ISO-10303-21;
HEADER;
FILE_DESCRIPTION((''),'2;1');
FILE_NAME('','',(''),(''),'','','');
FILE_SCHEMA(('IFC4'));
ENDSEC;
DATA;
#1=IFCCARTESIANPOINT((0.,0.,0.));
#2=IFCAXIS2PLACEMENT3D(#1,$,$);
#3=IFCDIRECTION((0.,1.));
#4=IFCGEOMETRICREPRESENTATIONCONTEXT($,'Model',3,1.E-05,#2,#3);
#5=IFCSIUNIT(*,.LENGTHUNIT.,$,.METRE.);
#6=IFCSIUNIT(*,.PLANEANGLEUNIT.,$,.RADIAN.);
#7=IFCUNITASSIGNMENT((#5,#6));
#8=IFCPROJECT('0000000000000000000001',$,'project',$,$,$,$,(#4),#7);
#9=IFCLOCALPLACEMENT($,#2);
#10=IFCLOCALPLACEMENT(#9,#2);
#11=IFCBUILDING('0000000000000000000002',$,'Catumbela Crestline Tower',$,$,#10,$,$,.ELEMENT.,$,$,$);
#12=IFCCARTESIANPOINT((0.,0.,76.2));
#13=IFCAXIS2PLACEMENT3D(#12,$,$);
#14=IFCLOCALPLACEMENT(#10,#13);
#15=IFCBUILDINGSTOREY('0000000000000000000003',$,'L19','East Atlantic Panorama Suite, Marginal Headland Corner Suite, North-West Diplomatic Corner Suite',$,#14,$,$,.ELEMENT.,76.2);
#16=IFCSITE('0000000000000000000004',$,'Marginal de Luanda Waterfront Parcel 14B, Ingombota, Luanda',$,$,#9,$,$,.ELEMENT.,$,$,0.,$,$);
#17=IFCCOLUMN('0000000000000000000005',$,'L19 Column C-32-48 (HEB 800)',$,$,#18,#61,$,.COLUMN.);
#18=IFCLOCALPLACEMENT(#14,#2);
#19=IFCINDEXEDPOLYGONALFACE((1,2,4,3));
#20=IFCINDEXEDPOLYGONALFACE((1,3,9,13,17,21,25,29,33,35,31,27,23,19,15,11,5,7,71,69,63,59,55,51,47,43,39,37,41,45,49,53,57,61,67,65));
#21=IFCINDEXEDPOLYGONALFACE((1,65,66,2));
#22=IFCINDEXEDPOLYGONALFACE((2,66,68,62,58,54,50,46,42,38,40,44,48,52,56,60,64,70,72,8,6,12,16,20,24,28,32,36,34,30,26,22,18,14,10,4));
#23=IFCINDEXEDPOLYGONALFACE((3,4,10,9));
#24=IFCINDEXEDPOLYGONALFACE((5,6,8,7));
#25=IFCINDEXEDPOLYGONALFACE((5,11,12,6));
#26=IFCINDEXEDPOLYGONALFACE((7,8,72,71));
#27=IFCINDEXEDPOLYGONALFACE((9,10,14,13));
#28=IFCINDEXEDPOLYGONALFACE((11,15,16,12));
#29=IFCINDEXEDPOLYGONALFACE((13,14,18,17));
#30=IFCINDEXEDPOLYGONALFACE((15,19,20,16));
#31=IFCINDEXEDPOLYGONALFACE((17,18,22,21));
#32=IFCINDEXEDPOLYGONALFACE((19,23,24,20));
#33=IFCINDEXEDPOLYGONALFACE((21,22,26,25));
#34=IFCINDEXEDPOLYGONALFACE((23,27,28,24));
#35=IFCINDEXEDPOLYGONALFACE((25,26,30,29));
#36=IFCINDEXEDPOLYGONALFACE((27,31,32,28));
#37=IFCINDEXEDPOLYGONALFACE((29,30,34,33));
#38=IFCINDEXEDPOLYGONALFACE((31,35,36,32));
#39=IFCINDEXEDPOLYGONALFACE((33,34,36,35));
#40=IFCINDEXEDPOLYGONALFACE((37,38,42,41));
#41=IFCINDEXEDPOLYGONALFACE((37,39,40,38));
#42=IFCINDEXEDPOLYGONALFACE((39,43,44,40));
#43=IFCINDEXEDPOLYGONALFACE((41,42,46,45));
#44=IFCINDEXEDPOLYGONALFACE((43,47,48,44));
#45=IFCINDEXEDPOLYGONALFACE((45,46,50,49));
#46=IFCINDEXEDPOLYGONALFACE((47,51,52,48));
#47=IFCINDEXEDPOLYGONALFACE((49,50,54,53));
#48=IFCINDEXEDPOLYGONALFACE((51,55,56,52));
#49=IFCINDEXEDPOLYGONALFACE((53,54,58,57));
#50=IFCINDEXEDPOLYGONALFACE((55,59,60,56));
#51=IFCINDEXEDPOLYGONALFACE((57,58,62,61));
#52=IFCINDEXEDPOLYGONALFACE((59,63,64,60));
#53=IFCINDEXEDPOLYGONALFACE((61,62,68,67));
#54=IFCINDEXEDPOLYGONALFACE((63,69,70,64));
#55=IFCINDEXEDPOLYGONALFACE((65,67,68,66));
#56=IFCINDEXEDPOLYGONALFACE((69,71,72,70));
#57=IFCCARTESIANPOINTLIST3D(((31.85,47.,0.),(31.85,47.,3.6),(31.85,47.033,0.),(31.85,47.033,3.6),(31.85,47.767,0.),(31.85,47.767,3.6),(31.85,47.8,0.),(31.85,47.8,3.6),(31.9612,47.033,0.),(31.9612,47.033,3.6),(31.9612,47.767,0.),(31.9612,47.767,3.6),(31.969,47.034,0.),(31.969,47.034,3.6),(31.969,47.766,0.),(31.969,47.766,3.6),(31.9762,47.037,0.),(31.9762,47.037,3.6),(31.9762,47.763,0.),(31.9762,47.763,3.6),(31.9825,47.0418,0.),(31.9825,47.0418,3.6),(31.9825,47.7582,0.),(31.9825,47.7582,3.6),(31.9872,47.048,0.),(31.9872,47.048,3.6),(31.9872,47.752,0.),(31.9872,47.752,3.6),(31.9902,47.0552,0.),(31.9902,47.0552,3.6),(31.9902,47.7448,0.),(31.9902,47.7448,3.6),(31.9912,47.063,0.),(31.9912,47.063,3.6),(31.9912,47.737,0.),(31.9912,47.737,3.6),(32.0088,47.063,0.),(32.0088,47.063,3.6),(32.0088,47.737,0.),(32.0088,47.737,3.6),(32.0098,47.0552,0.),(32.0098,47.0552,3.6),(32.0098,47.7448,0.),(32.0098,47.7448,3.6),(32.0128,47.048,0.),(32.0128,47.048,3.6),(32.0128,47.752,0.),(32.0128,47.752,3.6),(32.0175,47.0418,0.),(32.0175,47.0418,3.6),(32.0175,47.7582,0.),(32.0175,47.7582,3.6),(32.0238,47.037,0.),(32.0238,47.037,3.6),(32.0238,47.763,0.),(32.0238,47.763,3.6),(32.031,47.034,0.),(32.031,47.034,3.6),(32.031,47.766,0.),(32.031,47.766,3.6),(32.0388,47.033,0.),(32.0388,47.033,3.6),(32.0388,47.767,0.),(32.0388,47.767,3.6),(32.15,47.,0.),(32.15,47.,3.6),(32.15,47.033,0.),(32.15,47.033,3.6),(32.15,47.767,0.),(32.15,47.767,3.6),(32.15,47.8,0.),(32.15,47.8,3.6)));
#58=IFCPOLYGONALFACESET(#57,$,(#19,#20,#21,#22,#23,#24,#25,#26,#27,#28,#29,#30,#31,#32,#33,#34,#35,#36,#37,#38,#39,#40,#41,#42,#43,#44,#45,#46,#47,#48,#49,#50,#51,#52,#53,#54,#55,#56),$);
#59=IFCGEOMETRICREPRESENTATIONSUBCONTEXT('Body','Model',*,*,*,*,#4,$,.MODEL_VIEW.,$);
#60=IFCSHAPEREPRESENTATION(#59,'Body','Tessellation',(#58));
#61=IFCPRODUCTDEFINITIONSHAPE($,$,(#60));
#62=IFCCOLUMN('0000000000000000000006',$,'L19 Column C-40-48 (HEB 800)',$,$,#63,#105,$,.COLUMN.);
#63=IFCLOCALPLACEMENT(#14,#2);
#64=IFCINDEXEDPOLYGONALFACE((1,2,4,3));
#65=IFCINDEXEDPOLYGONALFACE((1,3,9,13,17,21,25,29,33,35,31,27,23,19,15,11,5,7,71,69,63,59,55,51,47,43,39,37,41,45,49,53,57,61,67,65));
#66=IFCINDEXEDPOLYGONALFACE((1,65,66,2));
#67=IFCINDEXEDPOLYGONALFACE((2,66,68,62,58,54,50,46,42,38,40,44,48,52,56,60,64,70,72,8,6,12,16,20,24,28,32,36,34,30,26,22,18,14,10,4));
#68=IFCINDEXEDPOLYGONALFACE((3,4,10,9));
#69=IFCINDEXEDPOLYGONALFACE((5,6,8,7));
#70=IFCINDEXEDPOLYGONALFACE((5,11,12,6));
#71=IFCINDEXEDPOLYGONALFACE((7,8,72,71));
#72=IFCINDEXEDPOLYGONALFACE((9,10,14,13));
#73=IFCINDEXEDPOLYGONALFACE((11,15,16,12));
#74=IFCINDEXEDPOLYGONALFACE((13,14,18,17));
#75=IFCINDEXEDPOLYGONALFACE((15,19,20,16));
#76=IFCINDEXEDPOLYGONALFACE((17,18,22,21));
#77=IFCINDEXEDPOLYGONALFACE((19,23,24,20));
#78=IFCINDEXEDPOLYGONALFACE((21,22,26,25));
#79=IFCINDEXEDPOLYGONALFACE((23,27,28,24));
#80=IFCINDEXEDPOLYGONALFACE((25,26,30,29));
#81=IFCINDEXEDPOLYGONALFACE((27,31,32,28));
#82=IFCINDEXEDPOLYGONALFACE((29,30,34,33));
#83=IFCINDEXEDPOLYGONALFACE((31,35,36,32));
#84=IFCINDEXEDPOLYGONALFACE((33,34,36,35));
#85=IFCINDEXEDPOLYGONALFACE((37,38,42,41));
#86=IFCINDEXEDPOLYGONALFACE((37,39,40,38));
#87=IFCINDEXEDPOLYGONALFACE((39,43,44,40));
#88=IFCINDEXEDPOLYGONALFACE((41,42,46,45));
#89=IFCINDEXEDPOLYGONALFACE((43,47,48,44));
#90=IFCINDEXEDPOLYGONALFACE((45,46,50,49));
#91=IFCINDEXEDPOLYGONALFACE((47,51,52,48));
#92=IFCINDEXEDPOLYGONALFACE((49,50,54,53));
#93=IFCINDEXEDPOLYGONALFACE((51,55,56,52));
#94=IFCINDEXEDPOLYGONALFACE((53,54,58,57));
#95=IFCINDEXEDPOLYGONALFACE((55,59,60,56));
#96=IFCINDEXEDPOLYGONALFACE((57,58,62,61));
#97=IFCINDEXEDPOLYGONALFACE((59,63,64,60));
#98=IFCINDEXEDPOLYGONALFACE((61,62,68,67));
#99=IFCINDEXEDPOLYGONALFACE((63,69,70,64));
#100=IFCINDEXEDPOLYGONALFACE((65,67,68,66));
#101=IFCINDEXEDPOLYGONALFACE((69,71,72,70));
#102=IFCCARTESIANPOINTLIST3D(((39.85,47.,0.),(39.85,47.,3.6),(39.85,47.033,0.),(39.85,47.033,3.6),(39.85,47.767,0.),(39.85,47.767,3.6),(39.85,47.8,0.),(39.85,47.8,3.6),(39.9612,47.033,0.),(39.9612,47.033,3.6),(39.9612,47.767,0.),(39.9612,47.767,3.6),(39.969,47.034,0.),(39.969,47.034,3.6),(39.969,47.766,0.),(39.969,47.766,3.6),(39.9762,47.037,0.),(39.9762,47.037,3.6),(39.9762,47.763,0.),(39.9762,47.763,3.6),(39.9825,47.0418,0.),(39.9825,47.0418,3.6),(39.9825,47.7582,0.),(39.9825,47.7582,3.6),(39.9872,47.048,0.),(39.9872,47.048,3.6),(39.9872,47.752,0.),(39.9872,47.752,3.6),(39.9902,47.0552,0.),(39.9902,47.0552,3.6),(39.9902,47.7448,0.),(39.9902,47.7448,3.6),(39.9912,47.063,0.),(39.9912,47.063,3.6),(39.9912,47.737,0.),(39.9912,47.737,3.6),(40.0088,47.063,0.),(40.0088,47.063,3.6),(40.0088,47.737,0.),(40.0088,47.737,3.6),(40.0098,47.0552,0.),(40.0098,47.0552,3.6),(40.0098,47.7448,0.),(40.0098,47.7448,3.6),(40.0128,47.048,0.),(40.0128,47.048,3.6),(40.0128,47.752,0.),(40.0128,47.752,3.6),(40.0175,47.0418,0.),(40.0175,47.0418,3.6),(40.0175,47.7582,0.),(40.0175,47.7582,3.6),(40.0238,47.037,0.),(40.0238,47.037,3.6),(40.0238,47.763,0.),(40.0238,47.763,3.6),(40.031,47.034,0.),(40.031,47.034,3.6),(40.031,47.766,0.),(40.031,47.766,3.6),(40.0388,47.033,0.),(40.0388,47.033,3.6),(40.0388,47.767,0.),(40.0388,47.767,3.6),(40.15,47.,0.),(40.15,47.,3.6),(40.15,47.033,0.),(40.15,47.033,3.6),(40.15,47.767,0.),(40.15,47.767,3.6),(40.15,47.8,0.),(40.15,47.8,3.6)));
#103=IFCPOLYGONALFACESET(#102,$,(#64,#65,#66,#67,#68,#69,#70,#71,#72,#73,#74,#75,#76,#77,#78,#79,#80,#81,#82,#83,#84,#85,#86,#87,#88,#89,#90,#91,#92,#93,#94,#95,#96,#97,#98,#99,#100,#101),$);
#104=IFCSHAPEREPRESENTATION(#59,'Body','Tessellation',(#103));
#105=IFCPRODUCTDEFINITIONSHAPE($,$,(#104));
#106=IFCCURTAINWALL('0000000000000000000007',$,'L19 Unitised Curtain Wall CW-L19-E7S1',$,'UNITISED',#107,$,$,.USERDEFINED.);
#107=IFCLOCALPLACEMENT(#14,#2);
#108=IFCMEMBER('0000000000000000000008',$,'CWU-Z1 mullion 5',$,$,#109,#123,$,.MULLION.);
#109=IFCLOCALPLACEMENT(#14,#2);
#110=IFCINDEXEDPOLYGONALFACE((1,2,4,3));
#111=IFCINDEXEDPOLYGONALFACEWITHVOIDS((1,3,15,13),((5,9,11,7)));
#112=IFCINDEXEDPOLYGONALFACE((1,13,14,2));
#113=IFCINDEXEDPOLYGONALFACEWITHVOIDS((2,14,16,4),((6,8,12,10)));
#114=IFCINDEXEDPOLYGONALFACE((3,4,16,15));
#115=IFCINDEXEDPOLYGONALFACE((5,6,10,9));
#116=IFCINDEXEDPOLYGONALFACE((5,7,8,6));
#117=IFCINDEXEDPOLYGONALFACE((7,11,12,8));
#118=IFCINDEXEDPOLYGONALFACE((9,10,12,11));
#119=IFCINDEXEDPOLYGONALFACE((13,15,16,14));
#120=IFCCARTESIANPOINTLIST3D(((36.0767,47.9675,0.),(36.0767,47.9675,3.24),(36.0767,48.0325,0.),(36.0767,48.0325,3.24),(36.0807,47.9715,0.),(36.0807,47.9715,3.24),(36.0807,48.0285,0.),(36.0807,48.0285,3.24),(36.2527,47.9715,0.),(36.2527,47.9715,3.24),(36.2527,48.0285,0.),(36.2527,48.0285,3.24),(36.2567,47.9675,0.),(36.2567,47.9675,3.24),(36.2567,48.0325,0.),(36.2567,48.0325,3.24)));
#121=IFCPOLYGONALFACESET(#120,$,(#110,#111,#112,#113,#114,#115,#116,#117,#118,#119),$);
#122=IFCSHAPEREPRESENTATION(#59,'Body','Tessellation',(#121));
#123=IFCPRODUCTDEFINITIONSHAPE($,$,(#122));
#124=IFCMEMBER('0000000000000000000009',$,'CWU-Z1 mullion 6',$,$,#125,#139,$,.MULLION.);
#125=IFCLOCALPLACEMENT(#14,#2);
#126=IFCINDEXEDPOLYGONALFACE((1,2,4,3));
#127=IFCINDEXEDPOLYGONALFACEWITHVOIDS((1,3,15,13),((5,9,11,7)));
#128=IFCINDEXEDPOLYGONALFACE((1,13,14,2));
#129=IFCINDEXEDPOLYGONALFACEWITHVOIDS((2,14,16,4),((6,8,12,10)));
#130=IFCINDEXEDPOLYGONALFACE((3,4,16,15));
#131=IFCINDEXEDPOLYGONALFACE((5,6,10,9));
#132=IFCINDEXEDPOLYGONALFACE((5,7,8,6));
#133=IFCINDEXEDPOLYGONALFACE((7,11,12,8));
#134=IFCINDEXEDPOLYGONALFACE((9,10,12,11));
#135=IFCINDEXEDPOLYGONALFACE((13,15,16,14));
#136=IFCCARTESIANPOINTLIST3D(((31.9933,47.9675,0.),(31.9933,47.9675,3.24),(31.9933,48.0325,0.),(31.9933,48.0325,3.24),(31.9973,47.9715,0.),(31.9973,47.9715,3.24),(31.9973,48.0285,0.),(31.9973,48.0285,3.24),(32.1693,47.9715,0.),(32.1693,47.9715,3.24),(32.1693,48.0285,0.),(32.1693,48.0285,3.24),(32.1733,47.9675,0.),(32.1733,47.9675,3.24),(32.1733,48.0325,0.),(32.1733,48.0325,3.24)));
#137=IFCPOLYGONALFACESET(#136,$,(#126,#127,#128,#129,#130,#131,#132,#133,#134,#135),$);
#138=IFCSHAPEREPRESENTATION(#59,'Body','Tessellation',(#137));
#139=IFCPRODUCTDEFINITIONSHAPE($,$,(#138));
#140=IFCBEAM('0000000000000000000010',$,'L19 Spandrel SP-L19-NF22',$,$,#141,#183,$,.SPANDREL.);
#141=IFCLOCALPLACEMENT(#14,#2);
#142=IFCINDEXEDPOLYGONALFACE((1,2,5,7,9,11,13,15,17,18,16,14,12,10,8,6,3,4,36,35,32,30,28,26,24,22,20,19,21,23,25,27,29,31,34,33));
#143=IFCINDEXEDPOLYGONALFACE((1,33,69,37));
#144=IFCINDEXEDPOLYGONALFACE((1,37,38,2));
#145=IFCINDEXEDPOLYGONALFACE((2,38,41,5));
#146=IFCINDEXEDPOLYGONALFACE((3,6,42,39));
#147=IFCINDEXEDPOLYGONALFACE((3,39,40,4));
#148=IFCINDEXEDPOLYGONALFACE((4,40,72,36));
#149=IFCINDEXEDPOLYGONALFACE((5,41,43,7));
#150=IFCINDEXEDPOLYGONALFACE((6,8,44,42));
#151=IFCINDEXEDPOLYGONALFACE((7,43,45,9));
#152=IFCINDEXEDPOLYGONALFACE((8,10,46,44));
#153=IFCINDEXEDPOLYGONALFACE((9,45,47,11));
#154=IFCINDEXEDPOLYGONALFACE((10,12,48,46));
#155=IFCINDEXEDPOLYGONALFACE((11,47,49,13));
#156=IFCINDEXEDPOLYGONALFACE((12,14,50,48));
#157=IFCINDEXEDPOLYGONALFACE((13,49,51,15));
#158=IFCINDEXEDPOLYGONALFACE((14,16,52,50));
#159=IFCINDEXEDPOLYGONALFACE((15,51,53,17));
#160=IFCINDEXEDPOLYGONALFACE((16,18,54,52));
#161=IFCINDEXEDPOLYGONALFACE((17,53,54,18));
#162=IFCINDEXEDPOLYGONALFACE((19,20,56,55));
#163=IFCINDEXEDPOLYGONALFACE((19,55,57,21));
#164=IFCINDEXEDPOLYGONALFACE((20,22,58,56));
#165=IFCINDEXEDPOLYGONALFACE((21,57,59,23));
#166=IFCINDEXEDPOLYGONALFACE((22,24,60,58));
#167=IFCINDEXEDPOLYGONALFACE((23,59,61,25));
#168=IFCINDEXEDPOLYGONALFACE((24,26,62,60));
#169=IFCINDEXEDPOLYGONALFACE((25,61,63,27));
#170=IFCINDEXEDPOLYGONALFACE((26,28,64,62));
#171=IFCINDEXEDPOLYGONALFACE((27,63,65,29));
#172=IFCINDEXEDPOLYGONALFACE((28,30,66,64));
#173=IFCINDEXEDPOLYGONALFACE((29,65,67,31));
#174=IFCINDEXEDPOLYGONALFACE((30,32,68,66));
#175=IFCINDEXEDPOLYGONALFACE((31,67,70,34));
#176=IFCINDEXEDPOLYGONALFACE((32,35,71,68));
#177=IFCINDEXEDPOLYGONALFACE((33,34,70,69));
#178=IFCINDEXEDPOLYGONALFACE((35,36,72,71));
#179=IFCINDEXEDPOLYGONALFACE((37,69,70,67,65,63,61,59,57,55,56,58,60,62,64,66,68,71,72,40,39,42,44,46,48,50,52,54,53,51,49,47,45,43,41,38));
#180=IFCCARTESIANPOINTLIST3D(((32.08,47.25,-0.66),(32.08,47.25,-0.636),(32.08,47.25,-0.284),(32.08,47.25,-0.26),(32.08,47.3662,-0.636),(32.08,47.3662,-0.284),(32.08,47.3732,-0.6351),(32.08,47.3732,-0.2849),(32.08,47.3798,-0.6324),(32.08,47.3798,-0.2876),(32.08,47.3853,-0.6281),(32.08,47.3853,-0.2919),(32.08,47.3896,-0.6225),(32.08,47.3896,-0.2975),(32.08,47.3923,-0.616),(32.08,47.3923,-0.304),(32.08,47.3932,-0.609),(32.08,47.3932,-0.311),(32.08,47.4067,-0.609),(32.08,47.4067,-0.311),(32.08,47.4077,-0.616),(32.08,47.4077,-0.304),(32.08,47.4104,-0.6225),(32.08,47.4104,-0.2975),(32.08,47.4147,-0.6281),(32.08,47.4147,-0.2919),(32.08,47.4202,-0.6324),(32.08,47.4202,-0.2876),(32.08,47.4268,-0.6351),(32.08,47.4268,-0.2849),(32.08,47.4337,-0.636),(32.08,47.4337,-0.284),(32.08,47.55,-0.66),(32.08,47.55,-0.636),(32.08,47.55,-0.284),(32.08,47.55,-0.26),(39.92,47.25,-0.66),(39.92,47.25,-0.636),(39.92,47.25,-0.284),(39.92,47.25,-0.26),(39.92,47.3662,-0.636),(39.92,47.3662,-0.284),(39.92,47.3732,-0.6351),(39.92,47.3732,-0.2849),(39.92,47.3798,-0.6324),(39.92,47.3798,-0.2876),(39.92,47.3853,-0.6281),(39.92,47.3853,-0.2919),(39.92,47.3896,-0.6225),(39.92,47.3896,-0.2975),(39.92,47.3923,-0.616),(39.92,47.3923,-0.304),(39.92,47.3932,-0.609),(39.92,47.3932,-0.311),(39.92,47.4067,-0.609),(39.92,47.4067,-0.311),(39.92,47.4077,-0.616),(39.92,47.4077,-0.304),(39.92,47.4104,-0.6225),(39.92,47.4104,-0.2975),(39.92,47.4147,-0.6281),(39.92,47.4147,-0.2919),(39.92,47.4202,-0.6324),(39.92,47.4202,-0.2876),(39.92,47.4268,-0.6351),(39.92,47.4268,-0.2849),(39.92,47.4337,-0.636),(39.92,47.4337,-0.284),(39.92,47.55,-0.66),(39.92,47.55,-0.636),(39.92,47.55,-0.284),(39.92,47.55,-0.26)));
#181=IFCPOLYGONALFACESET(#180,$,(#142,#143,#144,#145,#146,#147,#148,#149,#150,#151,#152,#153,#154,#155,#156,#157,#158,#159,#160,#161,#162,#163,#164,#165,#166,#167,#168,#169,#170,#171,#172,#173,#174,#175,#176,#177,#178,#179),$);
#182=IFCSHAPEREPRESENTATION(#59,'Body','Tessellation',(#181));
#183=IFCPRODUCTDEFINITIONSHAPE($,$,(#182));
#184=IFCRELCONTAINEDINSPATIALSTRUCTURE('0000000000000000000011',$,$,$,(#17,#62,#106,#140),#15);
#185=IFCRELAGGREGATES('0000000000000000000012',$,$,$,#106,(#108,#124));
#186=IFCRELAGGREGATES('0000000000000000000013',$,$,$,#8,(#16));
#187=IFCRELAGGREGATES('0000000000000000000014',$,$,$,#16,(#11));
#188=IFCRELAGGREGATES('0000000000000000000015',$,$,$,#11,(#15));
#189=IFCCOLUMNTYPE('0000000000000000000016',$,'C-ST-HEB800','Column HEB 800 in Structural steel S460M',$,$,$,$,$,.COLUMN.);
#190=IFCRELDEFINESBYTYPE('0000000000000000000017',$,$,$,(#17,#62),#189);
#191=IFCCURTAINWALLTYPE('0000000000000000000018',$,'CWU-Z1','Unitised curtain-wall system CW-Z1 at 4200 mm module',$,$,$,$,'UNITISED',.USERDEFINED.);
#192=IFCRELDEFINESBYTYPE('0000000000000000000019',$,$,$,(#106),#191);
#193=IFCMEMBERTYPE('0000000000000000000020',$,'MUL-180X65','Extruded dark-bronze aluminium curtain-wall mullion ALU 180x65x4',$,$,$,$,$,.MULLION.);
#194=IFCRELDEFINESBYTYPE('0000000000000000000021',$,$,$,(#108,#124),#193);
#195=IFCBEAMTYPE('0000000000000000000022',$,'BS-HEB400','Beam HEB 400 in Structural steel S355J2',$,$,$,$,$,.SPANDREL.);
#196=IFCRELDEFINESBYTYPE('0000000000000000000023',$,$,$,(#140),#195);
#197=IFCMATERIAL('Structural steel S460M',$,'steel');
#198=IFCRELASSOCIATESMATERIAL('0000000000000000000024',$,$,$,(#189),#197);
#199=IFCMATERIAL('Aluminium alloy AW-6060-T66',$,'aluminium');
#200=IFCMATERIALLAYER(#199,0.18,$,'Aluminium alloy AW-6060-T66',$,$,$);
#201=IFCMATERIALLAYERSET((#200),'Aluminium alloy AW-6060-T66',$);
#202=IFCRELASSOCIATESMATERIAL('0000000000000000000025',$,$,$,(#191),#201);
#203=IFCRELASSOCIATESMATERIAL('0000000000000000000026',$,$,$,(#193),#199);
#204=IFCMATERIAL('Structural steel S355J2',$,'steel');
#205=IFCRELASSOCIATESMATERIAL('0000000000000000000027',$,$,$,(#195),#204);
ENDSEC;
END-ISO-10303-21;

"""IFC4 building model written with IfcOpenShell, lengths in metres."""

from ifc_helpers import new_model, si_unit, direction, frame, origin, origin_2d, place, context, subcontext, project, spatial, hollow_rectangle, i_section, extrude, material, layer, layer_set, material_profile, profile_set, type_object, element, aggregate, save


model = new_model("IFC4")

# Units and contexts
model_context = context("Model", 3, precision=1e-05, world=origin(), true_north=direction((0.0, 1.0)))
body_context = subcontext(model_context, "Body", "Model", "MODEL_VIEW")
ifc_project = project(units=[si_unit("LENGTHUNIT", "METRE"), si_unit("PLANEANGLEUNIT", "RADIAN")], contexts=[model_context])

# Site, building, storey
site_placement = place(None, origin())
site = spatial("IfcSite", under=ifc_project, at=site_placement, Name="Marginal de Luanda Waterfront Parcel 14B, Ingombota, Luanda", CompositionType="ELEMENT", RefElevation=0.0)
building_placement = place(site_placement, origin())
building = spatial("IfcBuilding", under=site, at=building_placement, Name="Catumbela Crestline Tower", CompositionType="ELEMENT")
storey_placement = place(building_placement, frame((0.0, 0.0, 76.2)))
storey = spatial("IfcBuildingStorey", under=building, at=storey_placement, Name="L19", Description="East Atlantic Panorama Suite, Marginal Headland Corner Suite, North-West Diplomatic Corner Suite", CompositionType="ELEMENT", Elevation=76.2)

# Columns
ifc_material_1 = material(Name="Structural steel S460M", Category="steel")
ifc_material_profile_1 = material_profile(ifc_material_1, i_section(OverallWidth=0.3, OverallDepth=0.8, WebThickness=0.0175, FlangeThickness=0.033, FilletRadius=0.03, at=origin_2d()), Name="HEB 800")
ifc_profile_set_1 = profile_set([ifc_material_profile_1], Name="Structural steel S460M")
column_type = type_object("IfcColumnType", Name="C-ST-HEB800", Description="Column HEB 800 in Structural steel S460M", PredefinedType="COLUMN", material=ifc_profile_set_1)
for number, where, z_axis, x_axis, name in (
    (1, (32.0, 47.4, 0.0), (0.0, 0.0, 1.0), (1.0, 0.0, 0.0), "L19 Column C-32-48 (HEB 800)"),
    (2, (40.0, 47.4, 0.0), (0.0, 0.0, 1.0), (1.0, 0.0, 0.0), "L19 Column C-40-48 (HEB 800)"),
):
    element("IfcColumn", number, at=place(storey_placement, frame(where, z_axis=z_axis, x_axis=x_axis)), inside=storey, type_object=column_type, Name=name, PredefinedType="COLUMN", context=body_context, shape_type="SweptSolid", body=[
        extrude(i_section(OverallWidth=0.3, OverallDepth=0.8, WebThickness=0.0175, FlangeThickness=0.033, FilletRadius=0.03, at=origin_2d()), origin(), (0.0, 0.0, 1.0), 3.6),
    ])

# Curtain wall, members
ifc_material_2 = material(Name="Aluminium alloy AW-6060-T66", Category="aluminium")
ifc_layer_1 = layer(ifc_material_2, 0.18, Name="Aluminium alloy AW-6060-T66")
ifc_layer_set_1 = layer_set([ifc_layer_1], Name="Aluminium alloy AW-6060-T66")
curtain_wall_type = type_object("IfcCurtainWallType", Name="CWU-Z1", Description="Unitised curtain-wall system CW-Z1 at 4200 mm module", ElementType="UNITISED", PredefinedType="USERDEFINED", material=ifc_layer_set_1)
curtain_wall_placement = place(storey_placement, origin())
curtain_wall = element("IfcCurtainWall", 3, at=curtain_wall_placement, inside=storey, type_object=curtain_wall_type, Name="L19 Unitised Curtain Wall CW-L19-E7S1", ObjectType="UNITISED", PredefinedType="USERDEFINED")
ifc_material_profile_2 = material_profile(ifc_material_2, hollow_rectangle(XDim=0.065, YDim=0.18, WallThickness=0.004, at=origin_2d()), Name="ALU 180x65x4")
ifc_profile_set_2 = profile_set([ifc_material_profile_2], Name="Aluminium alloy AW-6060-T66")
member_type_1 = type_object("IfcMemberType", Name="MUL-180X65", Description="Extruded dark-bronze aluminium curtain-wall mullion ALU 180x65x4", PredefinedType="MULLION", material=ifc_profile_set_2)
member_1_placement = place(storey_placement, frame((36.1667, 48.0, 0.0), z_axis=(0.0, 0.0, 1.0), x_axis=(0.0, -1.0, 0.0)))
member_1 = element("IfcMember", 4, at=member_1_placement, type_object=member_type_1, Name="CWU-Z1 mullion 5", PredefinedType="MULLION", context=body_context, shape_type="SweptSolid", body=[
    extrude(hollow_rectangle(XDim=0.065, YDim=0.18, WallThickness=0.004, at=origin_2d()), origin(), (0.0, 0.0, 1.0), 3.24),
])
member_2_placement = place(storey_placement, frame((32.0833, 48.0, 0.0), z_axis=(0.0, 0.0, 1.0), x_axis=(0.0, -1.0, 0.0)))
member_2 = element("IfcMember", 5, at=member_2_placement, type_object=member_type_1, Name="CWU-Z1 mullion 6", PredefinedType="MULLION", context=body_context, shape_type="SweptSolid", body=[
    extrude(hollow_rectangle(XDim=0.065, YDim=0.18, WallThickness=0.004, at=origin_2d()), origin(), (0.0, 0.0, 1.0), 3.24),
])

# Beam
ifc_material_3 = material(Name="Structural steel S355J2", Category="steel")
ifc_material_profile_3 = material_profile(ifc_material_3, i_section(OverallWidth=0.3, OverallDepth=0.4, WebThickness=0.0135, FlangeThickness=0.024, FilletRadius=0.027, at=origin_2d()), Name="HEB 400")
ifc_profile_set_3 = profile_set([ifc_material_profile_3], Name="Structural steel S355J2")
beam_type = type_object("IfcBeamType", Name="BS-HEB400", Description="Beam HEB 400 in Structural steel S355J2", PredefinedType="SPANDREL", material=ifc_profile_set_3)
beam_placement = place(storey_placement, frame((32.08, 47.4, -0.46), z_axis=(1.0, 0.0, 0.0), x_axis=(0.0, 1.0, 0.0)))
element("IfcBeam", 6, at=beam_placement, inside=storey, type_object=beam_type, Name="L19 Spandrel SP-L19-NF22", PredefinedType="SPANDREL", context=body_context, shape_type="SweptSolid", body=[
    extrude(i_section(OverallWidth=0.3, OverallDepth=0.4, WebThickness=0.0135, FlangeThickness=0.024, FilletRadius=0.027, at=origin_2d()), origin(), (0.0, 0.0, 1.0), 7.84),
])

aggregate(curtain_wall, [member_1, member_2])

save(model, "model.ifc")
